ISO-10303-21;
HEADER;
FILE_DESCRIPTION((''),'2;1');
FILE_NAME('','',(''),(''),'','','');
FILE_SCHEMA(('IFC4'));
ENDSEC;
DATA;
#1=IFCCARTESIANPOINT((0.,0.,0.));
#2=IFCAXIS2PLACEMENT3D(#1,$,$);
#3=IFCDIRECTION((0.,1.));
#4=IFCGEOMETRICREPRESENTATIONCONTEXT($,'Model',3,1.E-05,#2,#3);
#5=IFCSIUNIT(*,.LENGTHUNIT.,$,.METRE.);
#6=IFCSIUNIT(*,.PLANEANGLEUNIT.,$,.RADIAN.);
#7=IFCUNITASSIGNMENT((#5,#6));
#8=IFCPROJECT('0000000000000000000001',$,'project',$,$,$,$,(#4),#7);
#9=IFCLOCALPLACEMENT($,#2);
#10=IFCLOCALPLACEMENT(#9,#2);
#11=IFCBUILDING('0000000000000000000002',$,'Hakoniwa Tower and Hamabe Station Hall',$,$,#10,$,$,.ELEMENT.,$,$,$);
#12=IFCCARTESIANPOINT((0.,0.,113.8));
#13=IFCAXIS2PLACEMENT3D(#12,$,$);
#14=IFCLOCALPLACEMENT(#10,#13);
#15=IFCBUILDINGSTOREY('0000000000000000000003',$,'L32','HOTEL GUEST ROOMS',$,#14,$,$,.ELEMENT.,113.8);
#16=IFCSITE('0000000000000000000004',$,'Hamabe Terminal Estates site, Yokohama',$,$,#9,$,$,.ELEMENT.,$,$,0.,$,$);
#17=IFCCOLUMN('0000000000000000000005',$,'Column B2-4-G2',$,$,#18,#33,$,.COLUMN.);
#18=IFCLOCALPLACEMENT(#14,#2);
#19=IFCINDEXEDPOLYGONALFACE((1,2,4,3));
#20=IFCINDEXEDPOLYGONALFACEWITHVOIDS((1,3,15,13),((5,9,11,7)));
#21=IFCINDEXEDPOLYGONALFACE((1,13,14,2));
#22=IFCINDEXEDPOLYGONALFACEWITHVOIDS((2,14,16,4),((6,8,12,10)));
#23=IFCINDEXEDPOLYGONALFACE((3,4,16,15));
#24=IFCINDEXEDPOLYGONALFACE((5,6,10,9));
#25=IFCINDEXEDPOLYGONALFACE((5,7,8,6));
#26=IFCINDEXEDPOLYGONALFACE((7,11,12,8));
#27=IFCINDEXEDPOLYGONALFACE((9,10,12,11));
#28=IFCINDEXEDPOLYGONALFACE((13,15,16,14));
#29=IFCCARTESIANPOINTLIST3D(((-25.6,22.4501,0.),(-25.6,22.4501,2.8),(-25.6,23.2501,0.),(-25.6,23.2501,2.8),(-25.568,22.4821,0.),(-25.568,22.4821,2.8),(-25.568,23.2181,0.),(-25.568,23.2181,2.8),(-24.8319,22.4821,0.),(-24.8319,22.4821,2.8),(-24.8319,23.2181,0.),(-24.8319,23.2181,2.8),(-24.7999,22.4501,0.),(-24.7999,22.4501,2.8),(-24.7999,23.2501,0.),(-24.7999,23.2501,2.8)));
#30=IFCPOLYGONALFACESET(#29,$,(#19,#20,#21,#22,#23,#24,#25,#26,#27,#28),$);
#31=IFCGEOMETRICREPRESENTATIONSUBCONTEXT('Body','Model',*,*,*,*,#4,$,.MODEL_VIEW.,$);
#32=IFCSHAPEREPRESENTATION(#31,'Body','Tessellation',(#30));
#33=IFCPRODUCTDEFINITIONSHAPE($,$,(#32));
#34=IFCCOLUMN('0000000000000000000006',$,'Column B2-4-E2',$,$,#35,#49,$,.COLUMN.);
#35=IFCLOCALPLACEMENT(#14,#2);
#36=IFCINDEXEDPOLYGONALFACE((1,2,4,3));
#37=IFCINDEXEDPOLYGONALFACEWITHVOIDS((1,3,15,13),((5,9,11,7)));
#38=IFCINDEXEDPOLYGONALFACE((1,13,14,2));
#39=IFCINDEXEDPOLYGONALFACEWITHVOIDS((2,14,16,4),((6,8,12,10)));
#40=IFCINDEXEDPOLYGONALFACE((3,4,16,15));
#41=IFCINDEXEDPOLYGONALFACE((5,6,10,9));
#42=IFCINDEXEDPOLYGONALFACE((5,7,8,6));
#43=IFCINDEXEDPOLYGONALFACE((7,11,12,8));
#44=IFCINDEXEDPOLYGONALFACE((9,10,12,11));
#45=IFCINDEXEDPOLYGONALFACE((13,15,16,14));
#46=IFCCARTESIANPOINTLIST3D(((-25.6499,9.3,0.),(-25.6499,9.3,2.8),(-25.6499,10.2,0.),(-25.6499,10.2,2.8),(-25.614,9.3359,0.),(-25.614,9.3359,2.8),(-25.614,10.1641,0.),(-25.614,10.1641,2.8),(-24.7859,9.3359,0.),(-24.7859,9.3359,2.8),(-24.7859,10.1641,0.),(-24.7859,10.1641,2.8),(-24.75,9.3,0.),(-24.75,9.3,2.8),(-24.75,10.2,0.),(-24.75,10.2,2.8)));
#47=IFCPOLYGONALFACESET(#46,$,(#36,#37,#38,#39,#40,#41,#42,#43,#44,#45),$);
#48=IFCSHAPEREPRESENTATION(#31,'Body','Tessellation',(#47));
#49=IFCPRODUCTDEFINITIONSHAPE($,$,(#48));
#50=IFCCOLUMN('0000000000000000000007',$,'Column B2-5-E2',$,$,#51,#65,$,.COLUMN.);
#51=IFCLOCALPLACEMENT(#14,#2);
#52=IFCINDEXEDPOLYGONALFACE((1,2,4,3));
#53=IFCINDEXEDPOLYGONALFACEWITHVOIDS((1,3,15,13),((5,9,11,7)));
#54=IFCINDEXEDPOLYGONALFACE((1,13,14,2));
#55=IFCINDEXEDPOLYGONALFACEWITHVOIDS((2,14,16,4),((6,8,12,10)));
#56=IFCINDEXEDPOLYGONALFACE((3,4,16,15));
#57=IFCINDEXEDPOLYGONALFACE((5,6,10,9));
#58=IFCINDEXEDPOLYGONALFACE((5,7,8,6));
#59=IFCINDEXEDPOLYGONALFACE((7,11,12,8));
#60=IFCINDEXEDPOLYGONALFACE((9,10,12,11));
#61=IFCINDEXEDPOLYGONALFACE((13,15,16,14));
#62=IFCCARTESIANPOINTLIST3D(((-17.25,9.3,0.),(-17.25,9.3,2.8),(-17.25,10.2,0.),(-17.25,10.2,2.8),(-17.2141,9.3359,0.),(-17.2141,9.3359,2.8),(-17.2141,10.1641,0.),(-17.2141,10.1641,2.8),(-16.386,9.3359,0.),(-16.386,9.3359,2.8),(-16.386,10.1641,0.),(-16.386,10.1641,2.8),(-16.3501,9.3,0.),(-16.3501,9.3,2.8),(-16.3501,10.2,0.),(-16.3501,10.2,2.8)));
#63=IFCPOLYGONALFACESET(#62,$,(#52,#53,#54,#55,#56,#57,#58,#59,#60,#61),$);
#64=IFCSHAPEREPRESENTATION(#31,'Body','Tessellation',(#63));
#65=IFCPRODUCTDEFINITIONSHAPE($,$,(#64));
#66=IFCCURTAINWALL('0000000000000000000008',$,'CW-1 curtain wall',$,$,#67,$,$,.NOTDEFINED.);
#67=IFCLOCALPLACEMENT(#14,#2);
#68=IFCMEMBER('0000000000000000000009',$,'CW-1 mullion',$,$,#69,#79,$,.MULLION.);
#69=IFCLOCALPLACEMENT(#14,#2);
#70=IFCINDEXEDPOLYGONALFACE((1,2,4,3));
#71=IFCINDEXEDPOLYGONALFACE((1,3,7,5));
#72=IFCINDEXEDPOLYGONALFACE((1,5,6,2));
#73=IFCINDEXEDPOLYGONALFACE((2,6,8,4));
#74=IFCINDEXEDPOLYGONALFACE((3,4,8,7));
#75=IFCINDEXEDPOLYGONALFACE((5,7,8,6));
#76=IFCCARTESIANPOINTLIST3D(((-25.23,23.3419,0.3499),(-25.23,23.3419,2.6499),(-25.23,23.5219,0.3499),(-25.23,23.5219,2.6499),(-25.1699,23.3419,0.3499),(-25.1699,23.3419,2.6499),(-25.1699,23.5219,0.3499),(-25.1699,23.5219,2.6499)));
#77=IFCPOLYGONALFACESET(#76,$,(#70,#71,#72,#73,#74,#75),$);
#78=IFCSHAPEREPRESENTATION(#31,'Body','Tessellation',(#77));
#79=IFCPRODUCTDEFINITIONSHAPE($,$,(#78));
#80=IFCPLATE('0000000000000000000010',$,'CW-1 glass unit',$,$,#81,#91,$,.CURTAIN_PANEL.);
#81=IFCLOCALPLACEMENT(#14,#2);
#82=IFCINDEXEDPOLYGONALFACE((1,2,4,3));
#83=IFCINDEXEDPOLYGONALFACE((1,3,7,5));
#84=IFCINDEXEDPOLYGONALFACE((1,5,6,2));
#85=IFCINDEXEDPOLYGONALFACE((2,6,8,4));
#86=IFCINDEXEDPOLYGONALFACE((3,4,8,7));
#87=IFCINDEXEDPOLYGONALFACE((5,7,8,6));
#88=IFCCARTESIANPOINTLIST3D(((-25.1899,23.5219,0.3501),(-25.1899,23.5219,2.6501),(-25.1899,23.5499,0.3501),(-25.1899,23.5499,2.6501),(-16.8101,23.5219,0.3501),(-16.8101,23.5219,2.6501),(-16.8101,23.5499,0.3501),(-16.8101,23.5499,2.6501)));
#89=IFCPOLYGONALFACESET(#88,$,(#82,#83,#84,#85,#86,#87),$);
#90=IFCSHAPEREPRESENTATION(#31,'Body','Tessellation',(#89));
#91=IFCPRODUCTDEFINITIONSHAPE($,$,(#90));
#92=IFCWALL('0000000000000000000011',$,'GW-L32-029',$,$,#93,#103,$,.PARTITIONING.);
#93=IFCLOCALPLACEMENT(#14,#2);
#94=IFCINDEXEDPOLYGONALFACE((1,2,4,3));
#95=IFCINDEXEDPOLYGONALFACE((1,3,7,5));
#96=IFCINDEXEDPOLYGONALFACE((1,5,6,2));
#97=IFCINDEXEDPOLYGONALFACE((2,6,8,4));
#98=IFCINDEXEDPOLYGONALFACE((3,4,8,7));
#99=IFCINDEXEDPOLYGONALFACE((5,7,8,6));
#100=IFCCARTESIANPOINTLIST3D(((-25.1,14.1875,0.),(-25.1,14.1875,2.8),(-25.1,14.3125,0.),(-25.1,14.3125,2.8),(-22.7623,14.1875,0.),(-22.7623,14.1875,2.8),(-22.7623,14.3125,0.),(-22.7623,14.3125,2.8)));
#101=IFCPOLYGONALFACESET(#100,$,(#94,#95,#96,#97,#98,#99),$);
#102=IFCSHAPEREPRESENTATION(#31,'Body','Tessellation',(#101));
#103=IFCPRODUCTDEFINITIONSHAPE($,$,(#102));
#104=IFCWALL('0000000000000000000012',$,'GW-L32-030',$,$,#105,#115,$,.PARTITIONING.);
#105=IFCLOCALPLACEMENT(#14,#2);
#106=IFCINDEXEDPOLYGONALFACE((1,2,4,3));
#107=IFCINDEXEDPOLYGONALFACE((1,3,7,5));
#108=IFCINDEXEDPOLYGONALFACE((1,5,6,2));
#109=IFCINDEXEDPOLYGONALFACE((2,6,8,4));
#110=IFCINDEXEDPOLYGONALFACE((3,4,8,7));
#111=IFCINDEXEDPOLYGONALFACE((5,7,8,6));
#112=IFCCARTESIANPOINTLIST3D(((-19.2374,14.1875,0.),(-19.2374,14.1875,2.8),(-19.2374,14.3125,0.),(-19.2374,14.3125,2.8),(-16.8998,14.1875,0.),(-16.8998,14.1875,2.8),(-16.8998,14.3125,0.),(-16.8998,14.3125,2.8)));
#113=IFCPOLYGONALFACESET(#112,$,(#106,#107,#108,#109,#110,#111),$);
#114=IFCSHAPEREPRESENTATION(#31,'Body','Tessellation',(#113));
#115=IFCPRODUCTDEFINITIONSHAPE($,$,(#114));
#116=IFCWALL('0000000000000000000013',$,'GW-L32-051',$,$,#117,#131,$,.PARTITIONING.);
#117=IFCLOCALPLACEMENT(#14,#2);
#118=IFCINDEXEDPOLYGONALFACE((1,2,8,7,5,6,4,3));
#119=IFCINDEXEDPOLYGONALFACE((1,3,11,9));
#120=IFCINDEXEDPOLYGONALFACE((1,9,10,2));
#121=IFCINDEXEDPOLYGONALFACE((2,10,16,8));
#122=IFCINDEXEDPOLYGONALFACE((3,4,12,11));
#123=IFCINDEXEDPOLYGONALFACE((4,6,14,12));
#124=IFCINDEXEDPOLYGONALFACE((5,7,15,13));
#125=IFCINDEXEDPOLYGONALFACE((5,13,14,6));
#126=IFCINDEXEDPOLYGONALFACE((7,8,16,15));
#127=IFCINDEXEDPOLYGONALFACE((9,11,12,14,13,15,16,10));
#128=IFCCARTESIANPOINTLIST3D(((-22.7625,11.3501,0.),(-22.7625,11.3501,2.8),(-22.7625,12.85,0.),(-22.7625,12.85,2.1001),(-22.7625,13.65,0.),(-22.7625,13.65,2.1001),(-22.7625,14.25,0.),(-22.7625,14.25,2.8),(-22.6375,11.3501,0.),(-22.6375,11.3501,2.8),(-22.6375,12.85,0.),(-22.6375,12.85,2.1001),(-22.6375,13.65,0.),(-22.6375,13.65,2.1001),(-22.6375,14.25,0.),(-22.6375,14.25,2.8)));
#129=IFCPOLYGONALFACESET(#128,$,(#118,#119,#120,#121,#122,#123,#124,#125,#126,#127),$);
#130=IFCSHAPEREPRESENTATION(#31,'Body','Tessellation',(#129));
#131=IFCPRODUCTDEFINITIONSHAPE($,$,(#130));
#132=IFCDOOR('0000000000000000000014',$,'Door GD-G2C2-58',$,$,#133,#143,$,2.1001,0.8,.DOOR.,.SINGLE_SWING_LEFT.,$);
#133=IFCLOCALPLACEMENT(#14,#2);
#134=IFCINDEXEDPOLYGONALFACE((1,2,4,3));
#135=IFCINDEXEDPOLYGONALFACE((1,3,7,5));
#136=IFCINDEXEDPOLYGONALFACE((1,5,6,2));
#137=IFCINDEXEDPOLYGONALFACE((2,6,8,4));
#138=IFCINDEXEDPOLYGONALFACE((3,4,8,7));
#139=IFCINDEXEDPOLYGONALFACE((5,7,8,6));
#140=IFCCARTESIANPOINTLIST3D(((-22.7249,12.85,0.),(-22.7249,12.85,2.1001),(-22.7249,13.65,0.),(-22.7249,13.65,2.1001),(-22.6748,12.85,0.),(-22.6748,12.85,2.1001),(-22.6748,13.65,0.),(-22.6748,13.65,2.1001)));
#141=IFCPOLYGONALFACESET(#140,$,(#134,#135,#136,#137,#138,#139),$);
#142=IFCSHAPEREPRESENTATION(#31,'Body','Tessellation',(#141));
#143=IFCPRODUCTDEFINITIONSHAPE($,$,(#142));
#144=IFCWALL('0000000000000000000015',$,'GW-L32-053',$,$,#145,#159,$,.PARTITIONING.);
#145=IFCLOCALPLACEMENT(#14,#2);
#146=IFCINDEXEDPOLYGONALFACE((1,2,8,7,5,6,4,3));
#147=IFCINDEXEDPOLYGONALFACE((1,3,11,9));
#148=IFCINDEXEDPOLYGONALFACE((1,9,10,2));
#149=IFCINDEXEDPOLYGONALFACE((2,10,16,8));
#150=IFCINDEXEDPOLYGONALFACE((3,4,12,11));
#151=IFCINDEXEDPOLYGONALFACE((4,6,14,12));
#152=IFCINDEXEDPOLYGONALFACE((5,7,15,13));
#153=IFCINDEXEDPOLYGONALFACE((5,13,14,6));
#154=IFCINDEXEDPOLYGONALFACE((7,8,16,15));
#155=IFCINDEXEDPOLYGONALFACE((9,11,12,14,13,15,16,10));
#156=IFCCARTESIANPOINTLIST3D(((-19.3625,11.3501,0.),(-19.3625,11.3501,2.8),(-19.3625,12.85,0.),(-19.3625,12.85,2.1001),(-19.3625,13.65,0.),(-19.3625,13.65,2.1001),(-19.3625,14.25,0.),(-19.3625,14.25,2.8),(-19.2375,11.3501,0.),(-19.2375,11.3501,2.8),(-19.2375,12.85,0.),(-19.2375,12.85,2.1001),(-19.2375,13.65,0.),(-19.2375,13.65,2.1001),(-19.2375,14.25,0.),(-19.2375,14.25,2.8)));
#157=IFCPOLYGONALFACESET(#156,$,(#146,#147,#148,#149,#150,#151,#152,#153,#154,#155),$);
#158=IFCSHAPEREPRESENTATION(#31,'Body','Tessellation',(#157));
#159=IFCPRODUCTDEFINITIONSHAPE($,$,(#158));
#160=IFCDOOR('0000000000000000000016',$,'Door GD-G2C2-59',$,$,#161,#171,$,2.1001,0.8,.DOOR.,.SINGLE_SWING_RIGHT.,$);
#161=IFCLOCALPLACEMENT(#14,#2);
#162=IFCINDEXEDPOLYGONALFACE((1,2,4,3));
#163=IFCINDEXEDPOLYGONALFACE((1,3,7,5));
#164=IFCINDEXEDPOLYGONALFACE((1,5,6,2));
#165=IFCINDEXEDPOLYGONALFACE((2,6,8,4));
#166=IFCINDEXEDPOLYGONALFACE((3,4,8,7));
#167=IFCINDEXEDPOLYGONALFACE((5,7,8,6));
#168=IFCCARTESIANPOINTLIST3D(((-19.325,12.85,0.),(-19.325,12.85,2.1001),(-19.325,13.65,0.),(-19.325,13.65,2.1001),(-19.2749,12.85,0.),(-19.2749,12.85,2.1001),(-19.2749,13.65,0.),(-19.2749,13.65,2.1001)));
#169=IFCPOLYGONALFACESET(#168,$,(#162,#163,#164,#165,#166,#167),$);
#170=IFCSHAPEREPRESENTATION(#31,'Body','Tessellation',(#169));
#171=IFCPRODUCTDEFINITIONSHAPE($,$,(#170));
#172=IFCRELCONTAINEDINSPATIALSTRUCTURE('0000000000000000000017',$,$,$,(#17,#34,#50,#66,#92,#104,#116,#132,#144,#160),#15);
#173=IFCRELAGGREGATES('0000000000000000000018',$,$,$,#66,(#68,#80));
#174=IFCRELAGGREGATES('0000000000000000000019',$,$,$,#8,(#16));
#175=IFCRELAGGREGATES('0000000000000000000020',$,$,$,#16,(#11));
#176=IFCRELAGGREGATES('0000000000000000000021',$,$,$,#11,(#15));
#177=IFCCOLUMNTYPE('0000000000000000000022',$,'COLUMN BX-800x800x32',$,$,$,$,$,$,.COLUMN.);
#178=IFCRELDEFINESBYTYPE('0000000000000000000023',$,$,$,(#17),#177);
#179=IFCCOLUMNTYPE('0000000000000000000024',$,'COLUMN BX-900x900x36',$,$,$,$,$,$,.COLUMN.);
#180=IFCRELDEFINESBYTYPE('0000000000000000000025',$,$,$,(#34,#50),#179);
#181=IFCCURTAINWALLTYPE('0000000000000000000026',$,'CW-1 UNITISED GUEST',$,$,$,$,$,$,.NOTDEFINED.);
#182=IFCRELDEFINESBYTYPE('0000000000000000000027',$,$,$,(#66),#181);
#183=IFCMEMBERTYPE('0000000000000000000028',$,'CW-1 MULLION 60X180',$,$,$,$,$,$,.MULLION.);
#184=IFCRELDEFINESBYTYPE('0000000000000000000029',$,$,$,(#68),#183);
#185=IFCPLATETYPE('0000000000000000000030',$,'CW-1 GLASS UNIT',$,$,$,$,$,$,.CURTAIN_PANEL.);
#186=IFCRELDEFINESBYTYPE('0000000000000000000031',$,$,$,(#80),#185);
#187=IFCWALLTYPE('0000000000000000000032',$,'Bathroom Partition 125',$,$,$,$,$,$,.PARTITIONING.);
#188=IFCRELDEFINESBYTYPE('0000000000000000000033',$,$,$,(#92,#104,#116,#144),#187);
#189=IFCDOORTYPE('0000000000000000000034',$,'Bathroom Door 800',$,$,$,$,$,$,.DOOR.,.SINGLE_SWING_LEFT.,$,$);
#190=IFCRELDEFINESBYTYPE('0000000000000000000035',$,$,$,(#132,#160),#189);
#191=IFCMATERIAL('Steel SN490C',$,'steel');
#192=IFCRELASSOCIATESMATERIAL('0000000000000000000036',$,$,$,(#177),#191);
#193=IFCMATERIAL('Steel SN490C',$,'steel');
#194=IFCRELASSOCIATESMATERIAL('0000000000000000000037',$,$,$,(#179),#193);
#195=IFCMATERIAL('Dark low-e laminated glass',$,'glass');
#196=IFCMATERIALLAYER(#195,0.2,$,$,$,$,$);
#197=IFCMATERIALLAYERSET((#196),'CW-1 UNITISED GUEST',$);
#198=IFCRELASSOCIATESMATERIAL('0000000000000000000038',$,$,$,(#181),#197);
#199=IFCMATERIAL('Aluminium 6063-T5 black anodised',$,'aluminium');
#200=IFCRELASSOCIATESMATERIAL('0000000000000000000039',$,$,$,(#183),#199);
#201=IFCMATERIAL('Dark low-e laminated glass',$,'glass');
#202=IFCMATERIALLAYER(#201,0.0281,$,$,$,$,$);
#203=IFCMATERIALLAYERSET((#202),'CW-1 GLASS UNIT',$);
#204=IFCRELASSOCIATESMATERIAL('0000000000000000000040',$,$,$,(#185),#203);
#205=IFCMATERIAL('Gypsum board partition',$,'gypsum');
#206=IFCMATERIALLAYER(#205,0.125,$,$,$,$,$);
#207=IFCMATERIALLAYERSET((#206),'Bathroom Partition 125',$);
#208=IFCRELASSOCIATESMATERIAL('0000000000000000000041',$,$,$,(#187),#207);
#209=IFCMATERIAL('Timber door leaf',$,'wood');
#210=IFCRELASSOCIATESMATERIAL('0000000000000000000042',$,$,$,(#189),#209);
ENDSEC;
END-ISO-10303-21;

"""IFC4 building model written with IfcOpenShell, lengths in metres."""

from ifc_helpers import new_model, si_unit, direction, frame, frame_2d, origin, origin_2d, place, context, subcontext, project, spatial, rectangle, hollow_rectangle, extrude, material, layer, layer_set, material_profile, profile_set, type_object, element, fill, aggregate, save


model = new_model("IFC4")

# Units and contexts
model_context = context("Model", 3, precision=1e-05, world=origin(), true_north=direction((0.0, 1.0)))
body_context = subcontext(model_context, "Body", "Model", "MODEL_VIEW")
ifc_project = project(units=[si_unit("LENGTHUNIT", "METRE"), si_unit("PLANEANGLEUNIT", "RADIAN")], contexts=[model_context])

# Site, building, storey
site_placement = place(None, origin())
site = spatial("IfcSite", under=ifc_project, at=site_placement, Name="Hamabe Terminal Estates site, Yokohama", CompositionType="ELEMENT", RefElevation=0.0)
building_placement = place(site_placement, origin())
building = spatial("IfcBuilding", under=site, at=building_placement, Name="Hakoniwa Tower and Hamabe Station Hall", CompositionType="ELEMENT")
storey_placement = place(building_placement, frame((0.0, 0.0, 113.8)))
storey = spatial("IfcBuildingStorey", under=building, at=storey_placement, Name="L32", Description="HOTEL GUEST ROOMS", CompositionType="ELEMENT", Elevation=113.8)

# Columns
ifc_material_1 = material(Name="Steel SN490C", Category="steel")
ifc_material_profile_1 = material_profile(ifc_material_1, hollow_rectangle(XDim=0.8, YDim=0.8, WallThickness=0.032, at=origin_2d()), Name="BX-800x800x32")
ifc_profile_set_1 = profile_set([ifc_material_profile_1], Name="Steel SN490C")
column_type_1 = type_object("IfcColumnType", Name="COLUMN BX-800x800x32", PredefinedType="COLUMN", material=ifc_profile_set_1)
column_placement = place(storey_placement, frame((-25.2, 22.8501, 0.0), z_axis=(0.0, 0.0, 1.0), x_axis=(1.0, 0.0, 0.0)))
element("IfcColumn", 1, at=column_placement, inside=storey, type_object=column_type_1, Name="Column B2-4-G2", PredefinedType="COLUMN", context=body_context, shape_type="SweptSolid", body=[
    extrude(hollow_rectangle(XDim=0.8, YDim=0.8, WallThickness=0.032, at=origin_2d()), origin(), (0.0, 0.0, 1.0), 2.8),
])
ifc_material_2 = material(Name="Steel SN490C", Category="steel")
ifc_material_profile_2 = material_profile(ifc_material_2, hollow_rectangle(XDim=0.8999, YDim=0.8999, WallThickness=0.0359, at=origin_2d()), Name="BX-900x900x36")
ifc_profile_set_2 = profile_set([ifc_material_profile_2], Name="Steel SN490C")
column_type_2 = type_object("IfcColumnType", Name="COLUMN BX-900x900x36", PredefinedType="COLUMN", material=ifc_profile_set_2)
for number, where, z_axis, x_axis, name in (
    (2, (-25.2, 9.75, 0.0), (0.0, 0.0, 1.0), (1.0, 0.0, 0.0), "Column B2-4-E2"),
    (3, (-16.8, 9.75, 0.0), (0.0, 0.0, 1.0), (1.0, 0.0, 0.0), "Column B2-5-E2"),
):
    element("IfcColumn", number, at=place(storey_placement, frame(where, z_axis=z_axis, x_axis=x_axis)), inside=storey, type_object=column_type_2, Name=name, PredefinedType="COLUMN", context=body_context, shape_type="SweptSolid", body=[
        extrude(hollow_rectangle(XDim=0.8999, YDim=0.8999, WallThickness=0.0359, at=origin_2d()), origin(), (0.0, 0.0, 1.0), 2.8),
    ])

# Curtain wall, member, plate
ifc_material_3 = material(Name="Dark low-e laminated glass", Category="glass")
ifc_layer_1 = layer(ifc_material_3, 0.2)
ifc_layer_set_1 = layer_set([ifc_layer_1], Name="CW-1 UNITISED GUEST")
curtain_wall_type = type_object("IfcCurtainWallType", Name="CW-1 UNITISED GUEST", PredefinedType="NOTDEFINED", material=ifc_layer_set_1)
curtain_wall_placement = place(storey_placement, origin())
curtain_wall = element("IfcCurtainWall", 4, at=curtain_wall_placement, inside=storey, type_object=curtain_wall_type, Name="CW-1 curtain wall", PredefinedType="NOTDEFINED")
ifc_material_4 = material(Name="Aluminium 6063-T5 black anodised", Category="aluminium")
ifc_material_profile_3 = material_profile(ifc_material_4, rectangle(XDim=0.0601, YDim=0.1799, at=origin_2d()), Name="CW-1 MULLION 60X180")
ifc_profile_set_3 = profile_set([ifc_material_profile_3], Name="Aluminium 6063-T5 black anodised")
member_type = type_object("IfcMemberType", Name="CW-1 MULLION 60X180", PredefinedType="MULLION", material=ifc_profile_set_3)
member_placement = place(storey_placement, frame((-25.2, 23.4319, 0.3499), z_axis=(0.0, 0.0, 1.0), x_axis=(-1.0, 0.0, 0.0)))
member = element("IfcMember", 5, at=member_placement, type_object=member_type, Name="CW-1 mullion", PredefinedType="MULLION", context=body_context, shape_type="SweptSolid", body=[
    extrude(rectangle(XDim=0.0601, YDim=0.1799, at=origin_2d()), origin(), (0.0, 0.0, 1.0), 2.3),
])
ifc_material_5 = material(Name="Dark low-e laminated glass", Category="glass")
ifc_layer_2 = layer(ifc_material_5, 0.0281)
ifc_layer_set_2 = layer_set([ifc_layer_2], Name="CW-1 GLASS UNIT")
plate_type = type_object("IfcPlateType", Name="CW-1 GLASS UNIT", PredefinedType="CURTAIN_PANEL", material=ifc_layer_set_2)
plate_placement = place(storey_placement, frame((-21.0, 23.5359, 0.3501), z_axis=(0.0, 0.0, 1.0), x_axis=(-1.0, 0.0, 0.0)))
plate = element("IfcPlate", 6, at=plate_placement, type_object=plate_type, Name="CW-1 glass unit", PredefinedType="CURTAIN_PANEL", context=body_context, shape_type="SweptSolid", body=[
    extrude(rectangle(XDim=8.3799, YDim=0.0281, at=origin_2d()), origin(), (0.0, 0.0, 1.0), 2.3),
])
aggregate(curtain_wall, [member, plate])

# Walls
ifc_material_6 = material(Name="Gypsum board partition", Category="gypsum")
ifc_layer_3 = layer(ifc_material_6, 0.125)
ifc_layer_set_3 = layer_set([ifc_layer_3], Name="Bathroom Partition 125")
wall_type_1 = type_object("IfcWallType", Name="Bathroom Partition 125", PredefinedType="PARTITIONING", material=ifc_layer_set_3)
for number, where, z_axis, x_axis, name in (
    (7, (-25.1001, 14.25, 0.0), (0.0, 0.0, 1.0), (1.0, 0.0, 0.0), "GW-L32-029"),
    (8, (-19.2375, 14.25, 0.0), (0.0, 0.0, 1.0), (1.0, 0.0, 0.0), "GW-L32-030"),
):
    element("IfcWall", number, at=place(storey_placement, frame(where, z_axis=z_axis, x_axis=x_axis)), inside=storey, type_object=wall_type_1, Name=name, PredefinedType="PARTITIONING", context=body_context, shape_type="SweptSolid", body=[
        extrude(rectangle(XDim=2.3376, YDim=0.125, at=frame_2d((1.1689, 0.0))), origin(), (0.0, 0.0, 1.0), 2.8),
    ])

# Walls, openings, doors
wall_1_placement = place(storey_placement, frame((-22.7, 11.3501, 0.0), z_axis=(0.0, 0.0, 1.0), x_axis=(0.0, 1.0, 0.0)))
wall_1 = element("IfcWall", 9, at=wall_1_placement, inside=storey, type_object=wall_type_1, Name="GW-L32-051", PredefinedType="PARTITIONING", context=body_context, shape_type="SweptSolid", body=[
    extrude(rectangle(XDim=2.8999, YDim=0.125, at=frame_2d((1.45, 0.0))), origin(), (0.0, 0.0, 1.0), 2.8),
])
opening_1_placement = place(wall_1_placement, frame((1.5, 0.0, 0.0)))
opening_1 = element("IfcOpeningElement", 10, at=opening_1_placement, cuts=wall_1, PredefinedType="OPENING", context=body_context, shape_type="SweptSolid", body=[
    extrude(rectangle(XDim=0.8, YDim=2.1001, at=frame_2d((0.3999, 1.05))), frame((0.0, 0.0725, 0.0), z_axis=(0.0, -1.0, 0.0), x_axis=(1.0, 0.0, 0.0)), (0.0, 0.0, 1.0), 0.145),
])
ifc_material_7 = material(Name="Timber door leaf", Category="wood")
door_type_1 = type_object("IfcDoorType", Name="Bathroom Door 800", OperationType="SINGLE_SWING_LEFT", PredefinedType="DOOR", material=ifc_material_7)
door_1_placement = place(opening_1_placement, origin())
door_1 = element("IfcDoor", 11, at=door_1_placement, inside=storey, type_object=door_type_1, Name="Door GD-G2C2-58", OperationType="SINGLE_SWING_LEFT", OverallHeight=2.1001, OverallWidth=0.8, PredefinedType="DOOR", context=body_context, shape_type="SweptSolid", body=[
    extrude(rectangle(XDim=0.8, YDim=2.1001, at=frame_2d((0.3999, 1.05))), frame((0.0, 0.0249, 0.0), z_axis=(0.0, -1.0, 0.0), x_axis=(1.0, 0.0, 0.0)), (0.0, 0.0, 1.0), 0.05),
])
fill(opening_1, door_1)
wall_2_placement = place(storey_placement, frame((-19.3, 11.3501, 0.0), z_axis=(0.0, 0.0, 1.0), x_axis=(0.0, 1.0, 0.0)))
wall_2 = element("IfcWall", 12, at=wall_2_placement, inside=storey, type_object=wall_type_1, Name="GW-L32-053", PredefinedType="PARTITIONING", context=body_context, shape_type="SweptSolid", body=[
    extrude(rectangle(XDim=2.8999, YDim=0.125, at=frame_2d((1.45, 0.0))), origin(), (0.0, 0.0, 1.0), 2.8),
])
opening_2_placement = place(wall_2_placement, frame((1.5, 0.0, 0.0)))
opening_2 = element("IfcOpeningElement", 13, at=opening_2_placement, cuts=wall_2, PredefinedType="OPENING", context=body_context, shape_type="SweptSolid", body=[
    extrude(rectangle(XDim=0.8, YDim=2.1001, at=frame_2d((0.3999, 1.05))), frame((0.0, 0.0725, 0.0), z_axis=(0.0, -1.0, 0.0), x_axis=(1.0, 0.0, 0.0)), (0.0, 0.0, 1.0), 0.145),
])
door_2_placement = place(opening_2_placement, origin())
door_2 = element("IfcDoor", 14, at=door_2_placement, inside=storey, type_object=door_type_1, Name="Door GD-G2C2-59", OperationType="SINGLE_SWING_RIGHT", OverallHeight=2.1001, OverallWidth=0.8, PredefinedType="DOOR", context=body_context, shape_type="SweptSolid", body=[
    extrude(rectangle(XDim=0.8, YDim=2.1001, at=frame_2d((0.3999, 1.05))), frame((0.0, 0.0249, 0.0), z_axis=(0.0, -1.0, 0.0), x_axis=(1.0, 0.0, 0.0)), (0.0, 0.0, 1.0), 0.05),
])
fill(opening_2, door_2)

save(model, "model.ifc")
